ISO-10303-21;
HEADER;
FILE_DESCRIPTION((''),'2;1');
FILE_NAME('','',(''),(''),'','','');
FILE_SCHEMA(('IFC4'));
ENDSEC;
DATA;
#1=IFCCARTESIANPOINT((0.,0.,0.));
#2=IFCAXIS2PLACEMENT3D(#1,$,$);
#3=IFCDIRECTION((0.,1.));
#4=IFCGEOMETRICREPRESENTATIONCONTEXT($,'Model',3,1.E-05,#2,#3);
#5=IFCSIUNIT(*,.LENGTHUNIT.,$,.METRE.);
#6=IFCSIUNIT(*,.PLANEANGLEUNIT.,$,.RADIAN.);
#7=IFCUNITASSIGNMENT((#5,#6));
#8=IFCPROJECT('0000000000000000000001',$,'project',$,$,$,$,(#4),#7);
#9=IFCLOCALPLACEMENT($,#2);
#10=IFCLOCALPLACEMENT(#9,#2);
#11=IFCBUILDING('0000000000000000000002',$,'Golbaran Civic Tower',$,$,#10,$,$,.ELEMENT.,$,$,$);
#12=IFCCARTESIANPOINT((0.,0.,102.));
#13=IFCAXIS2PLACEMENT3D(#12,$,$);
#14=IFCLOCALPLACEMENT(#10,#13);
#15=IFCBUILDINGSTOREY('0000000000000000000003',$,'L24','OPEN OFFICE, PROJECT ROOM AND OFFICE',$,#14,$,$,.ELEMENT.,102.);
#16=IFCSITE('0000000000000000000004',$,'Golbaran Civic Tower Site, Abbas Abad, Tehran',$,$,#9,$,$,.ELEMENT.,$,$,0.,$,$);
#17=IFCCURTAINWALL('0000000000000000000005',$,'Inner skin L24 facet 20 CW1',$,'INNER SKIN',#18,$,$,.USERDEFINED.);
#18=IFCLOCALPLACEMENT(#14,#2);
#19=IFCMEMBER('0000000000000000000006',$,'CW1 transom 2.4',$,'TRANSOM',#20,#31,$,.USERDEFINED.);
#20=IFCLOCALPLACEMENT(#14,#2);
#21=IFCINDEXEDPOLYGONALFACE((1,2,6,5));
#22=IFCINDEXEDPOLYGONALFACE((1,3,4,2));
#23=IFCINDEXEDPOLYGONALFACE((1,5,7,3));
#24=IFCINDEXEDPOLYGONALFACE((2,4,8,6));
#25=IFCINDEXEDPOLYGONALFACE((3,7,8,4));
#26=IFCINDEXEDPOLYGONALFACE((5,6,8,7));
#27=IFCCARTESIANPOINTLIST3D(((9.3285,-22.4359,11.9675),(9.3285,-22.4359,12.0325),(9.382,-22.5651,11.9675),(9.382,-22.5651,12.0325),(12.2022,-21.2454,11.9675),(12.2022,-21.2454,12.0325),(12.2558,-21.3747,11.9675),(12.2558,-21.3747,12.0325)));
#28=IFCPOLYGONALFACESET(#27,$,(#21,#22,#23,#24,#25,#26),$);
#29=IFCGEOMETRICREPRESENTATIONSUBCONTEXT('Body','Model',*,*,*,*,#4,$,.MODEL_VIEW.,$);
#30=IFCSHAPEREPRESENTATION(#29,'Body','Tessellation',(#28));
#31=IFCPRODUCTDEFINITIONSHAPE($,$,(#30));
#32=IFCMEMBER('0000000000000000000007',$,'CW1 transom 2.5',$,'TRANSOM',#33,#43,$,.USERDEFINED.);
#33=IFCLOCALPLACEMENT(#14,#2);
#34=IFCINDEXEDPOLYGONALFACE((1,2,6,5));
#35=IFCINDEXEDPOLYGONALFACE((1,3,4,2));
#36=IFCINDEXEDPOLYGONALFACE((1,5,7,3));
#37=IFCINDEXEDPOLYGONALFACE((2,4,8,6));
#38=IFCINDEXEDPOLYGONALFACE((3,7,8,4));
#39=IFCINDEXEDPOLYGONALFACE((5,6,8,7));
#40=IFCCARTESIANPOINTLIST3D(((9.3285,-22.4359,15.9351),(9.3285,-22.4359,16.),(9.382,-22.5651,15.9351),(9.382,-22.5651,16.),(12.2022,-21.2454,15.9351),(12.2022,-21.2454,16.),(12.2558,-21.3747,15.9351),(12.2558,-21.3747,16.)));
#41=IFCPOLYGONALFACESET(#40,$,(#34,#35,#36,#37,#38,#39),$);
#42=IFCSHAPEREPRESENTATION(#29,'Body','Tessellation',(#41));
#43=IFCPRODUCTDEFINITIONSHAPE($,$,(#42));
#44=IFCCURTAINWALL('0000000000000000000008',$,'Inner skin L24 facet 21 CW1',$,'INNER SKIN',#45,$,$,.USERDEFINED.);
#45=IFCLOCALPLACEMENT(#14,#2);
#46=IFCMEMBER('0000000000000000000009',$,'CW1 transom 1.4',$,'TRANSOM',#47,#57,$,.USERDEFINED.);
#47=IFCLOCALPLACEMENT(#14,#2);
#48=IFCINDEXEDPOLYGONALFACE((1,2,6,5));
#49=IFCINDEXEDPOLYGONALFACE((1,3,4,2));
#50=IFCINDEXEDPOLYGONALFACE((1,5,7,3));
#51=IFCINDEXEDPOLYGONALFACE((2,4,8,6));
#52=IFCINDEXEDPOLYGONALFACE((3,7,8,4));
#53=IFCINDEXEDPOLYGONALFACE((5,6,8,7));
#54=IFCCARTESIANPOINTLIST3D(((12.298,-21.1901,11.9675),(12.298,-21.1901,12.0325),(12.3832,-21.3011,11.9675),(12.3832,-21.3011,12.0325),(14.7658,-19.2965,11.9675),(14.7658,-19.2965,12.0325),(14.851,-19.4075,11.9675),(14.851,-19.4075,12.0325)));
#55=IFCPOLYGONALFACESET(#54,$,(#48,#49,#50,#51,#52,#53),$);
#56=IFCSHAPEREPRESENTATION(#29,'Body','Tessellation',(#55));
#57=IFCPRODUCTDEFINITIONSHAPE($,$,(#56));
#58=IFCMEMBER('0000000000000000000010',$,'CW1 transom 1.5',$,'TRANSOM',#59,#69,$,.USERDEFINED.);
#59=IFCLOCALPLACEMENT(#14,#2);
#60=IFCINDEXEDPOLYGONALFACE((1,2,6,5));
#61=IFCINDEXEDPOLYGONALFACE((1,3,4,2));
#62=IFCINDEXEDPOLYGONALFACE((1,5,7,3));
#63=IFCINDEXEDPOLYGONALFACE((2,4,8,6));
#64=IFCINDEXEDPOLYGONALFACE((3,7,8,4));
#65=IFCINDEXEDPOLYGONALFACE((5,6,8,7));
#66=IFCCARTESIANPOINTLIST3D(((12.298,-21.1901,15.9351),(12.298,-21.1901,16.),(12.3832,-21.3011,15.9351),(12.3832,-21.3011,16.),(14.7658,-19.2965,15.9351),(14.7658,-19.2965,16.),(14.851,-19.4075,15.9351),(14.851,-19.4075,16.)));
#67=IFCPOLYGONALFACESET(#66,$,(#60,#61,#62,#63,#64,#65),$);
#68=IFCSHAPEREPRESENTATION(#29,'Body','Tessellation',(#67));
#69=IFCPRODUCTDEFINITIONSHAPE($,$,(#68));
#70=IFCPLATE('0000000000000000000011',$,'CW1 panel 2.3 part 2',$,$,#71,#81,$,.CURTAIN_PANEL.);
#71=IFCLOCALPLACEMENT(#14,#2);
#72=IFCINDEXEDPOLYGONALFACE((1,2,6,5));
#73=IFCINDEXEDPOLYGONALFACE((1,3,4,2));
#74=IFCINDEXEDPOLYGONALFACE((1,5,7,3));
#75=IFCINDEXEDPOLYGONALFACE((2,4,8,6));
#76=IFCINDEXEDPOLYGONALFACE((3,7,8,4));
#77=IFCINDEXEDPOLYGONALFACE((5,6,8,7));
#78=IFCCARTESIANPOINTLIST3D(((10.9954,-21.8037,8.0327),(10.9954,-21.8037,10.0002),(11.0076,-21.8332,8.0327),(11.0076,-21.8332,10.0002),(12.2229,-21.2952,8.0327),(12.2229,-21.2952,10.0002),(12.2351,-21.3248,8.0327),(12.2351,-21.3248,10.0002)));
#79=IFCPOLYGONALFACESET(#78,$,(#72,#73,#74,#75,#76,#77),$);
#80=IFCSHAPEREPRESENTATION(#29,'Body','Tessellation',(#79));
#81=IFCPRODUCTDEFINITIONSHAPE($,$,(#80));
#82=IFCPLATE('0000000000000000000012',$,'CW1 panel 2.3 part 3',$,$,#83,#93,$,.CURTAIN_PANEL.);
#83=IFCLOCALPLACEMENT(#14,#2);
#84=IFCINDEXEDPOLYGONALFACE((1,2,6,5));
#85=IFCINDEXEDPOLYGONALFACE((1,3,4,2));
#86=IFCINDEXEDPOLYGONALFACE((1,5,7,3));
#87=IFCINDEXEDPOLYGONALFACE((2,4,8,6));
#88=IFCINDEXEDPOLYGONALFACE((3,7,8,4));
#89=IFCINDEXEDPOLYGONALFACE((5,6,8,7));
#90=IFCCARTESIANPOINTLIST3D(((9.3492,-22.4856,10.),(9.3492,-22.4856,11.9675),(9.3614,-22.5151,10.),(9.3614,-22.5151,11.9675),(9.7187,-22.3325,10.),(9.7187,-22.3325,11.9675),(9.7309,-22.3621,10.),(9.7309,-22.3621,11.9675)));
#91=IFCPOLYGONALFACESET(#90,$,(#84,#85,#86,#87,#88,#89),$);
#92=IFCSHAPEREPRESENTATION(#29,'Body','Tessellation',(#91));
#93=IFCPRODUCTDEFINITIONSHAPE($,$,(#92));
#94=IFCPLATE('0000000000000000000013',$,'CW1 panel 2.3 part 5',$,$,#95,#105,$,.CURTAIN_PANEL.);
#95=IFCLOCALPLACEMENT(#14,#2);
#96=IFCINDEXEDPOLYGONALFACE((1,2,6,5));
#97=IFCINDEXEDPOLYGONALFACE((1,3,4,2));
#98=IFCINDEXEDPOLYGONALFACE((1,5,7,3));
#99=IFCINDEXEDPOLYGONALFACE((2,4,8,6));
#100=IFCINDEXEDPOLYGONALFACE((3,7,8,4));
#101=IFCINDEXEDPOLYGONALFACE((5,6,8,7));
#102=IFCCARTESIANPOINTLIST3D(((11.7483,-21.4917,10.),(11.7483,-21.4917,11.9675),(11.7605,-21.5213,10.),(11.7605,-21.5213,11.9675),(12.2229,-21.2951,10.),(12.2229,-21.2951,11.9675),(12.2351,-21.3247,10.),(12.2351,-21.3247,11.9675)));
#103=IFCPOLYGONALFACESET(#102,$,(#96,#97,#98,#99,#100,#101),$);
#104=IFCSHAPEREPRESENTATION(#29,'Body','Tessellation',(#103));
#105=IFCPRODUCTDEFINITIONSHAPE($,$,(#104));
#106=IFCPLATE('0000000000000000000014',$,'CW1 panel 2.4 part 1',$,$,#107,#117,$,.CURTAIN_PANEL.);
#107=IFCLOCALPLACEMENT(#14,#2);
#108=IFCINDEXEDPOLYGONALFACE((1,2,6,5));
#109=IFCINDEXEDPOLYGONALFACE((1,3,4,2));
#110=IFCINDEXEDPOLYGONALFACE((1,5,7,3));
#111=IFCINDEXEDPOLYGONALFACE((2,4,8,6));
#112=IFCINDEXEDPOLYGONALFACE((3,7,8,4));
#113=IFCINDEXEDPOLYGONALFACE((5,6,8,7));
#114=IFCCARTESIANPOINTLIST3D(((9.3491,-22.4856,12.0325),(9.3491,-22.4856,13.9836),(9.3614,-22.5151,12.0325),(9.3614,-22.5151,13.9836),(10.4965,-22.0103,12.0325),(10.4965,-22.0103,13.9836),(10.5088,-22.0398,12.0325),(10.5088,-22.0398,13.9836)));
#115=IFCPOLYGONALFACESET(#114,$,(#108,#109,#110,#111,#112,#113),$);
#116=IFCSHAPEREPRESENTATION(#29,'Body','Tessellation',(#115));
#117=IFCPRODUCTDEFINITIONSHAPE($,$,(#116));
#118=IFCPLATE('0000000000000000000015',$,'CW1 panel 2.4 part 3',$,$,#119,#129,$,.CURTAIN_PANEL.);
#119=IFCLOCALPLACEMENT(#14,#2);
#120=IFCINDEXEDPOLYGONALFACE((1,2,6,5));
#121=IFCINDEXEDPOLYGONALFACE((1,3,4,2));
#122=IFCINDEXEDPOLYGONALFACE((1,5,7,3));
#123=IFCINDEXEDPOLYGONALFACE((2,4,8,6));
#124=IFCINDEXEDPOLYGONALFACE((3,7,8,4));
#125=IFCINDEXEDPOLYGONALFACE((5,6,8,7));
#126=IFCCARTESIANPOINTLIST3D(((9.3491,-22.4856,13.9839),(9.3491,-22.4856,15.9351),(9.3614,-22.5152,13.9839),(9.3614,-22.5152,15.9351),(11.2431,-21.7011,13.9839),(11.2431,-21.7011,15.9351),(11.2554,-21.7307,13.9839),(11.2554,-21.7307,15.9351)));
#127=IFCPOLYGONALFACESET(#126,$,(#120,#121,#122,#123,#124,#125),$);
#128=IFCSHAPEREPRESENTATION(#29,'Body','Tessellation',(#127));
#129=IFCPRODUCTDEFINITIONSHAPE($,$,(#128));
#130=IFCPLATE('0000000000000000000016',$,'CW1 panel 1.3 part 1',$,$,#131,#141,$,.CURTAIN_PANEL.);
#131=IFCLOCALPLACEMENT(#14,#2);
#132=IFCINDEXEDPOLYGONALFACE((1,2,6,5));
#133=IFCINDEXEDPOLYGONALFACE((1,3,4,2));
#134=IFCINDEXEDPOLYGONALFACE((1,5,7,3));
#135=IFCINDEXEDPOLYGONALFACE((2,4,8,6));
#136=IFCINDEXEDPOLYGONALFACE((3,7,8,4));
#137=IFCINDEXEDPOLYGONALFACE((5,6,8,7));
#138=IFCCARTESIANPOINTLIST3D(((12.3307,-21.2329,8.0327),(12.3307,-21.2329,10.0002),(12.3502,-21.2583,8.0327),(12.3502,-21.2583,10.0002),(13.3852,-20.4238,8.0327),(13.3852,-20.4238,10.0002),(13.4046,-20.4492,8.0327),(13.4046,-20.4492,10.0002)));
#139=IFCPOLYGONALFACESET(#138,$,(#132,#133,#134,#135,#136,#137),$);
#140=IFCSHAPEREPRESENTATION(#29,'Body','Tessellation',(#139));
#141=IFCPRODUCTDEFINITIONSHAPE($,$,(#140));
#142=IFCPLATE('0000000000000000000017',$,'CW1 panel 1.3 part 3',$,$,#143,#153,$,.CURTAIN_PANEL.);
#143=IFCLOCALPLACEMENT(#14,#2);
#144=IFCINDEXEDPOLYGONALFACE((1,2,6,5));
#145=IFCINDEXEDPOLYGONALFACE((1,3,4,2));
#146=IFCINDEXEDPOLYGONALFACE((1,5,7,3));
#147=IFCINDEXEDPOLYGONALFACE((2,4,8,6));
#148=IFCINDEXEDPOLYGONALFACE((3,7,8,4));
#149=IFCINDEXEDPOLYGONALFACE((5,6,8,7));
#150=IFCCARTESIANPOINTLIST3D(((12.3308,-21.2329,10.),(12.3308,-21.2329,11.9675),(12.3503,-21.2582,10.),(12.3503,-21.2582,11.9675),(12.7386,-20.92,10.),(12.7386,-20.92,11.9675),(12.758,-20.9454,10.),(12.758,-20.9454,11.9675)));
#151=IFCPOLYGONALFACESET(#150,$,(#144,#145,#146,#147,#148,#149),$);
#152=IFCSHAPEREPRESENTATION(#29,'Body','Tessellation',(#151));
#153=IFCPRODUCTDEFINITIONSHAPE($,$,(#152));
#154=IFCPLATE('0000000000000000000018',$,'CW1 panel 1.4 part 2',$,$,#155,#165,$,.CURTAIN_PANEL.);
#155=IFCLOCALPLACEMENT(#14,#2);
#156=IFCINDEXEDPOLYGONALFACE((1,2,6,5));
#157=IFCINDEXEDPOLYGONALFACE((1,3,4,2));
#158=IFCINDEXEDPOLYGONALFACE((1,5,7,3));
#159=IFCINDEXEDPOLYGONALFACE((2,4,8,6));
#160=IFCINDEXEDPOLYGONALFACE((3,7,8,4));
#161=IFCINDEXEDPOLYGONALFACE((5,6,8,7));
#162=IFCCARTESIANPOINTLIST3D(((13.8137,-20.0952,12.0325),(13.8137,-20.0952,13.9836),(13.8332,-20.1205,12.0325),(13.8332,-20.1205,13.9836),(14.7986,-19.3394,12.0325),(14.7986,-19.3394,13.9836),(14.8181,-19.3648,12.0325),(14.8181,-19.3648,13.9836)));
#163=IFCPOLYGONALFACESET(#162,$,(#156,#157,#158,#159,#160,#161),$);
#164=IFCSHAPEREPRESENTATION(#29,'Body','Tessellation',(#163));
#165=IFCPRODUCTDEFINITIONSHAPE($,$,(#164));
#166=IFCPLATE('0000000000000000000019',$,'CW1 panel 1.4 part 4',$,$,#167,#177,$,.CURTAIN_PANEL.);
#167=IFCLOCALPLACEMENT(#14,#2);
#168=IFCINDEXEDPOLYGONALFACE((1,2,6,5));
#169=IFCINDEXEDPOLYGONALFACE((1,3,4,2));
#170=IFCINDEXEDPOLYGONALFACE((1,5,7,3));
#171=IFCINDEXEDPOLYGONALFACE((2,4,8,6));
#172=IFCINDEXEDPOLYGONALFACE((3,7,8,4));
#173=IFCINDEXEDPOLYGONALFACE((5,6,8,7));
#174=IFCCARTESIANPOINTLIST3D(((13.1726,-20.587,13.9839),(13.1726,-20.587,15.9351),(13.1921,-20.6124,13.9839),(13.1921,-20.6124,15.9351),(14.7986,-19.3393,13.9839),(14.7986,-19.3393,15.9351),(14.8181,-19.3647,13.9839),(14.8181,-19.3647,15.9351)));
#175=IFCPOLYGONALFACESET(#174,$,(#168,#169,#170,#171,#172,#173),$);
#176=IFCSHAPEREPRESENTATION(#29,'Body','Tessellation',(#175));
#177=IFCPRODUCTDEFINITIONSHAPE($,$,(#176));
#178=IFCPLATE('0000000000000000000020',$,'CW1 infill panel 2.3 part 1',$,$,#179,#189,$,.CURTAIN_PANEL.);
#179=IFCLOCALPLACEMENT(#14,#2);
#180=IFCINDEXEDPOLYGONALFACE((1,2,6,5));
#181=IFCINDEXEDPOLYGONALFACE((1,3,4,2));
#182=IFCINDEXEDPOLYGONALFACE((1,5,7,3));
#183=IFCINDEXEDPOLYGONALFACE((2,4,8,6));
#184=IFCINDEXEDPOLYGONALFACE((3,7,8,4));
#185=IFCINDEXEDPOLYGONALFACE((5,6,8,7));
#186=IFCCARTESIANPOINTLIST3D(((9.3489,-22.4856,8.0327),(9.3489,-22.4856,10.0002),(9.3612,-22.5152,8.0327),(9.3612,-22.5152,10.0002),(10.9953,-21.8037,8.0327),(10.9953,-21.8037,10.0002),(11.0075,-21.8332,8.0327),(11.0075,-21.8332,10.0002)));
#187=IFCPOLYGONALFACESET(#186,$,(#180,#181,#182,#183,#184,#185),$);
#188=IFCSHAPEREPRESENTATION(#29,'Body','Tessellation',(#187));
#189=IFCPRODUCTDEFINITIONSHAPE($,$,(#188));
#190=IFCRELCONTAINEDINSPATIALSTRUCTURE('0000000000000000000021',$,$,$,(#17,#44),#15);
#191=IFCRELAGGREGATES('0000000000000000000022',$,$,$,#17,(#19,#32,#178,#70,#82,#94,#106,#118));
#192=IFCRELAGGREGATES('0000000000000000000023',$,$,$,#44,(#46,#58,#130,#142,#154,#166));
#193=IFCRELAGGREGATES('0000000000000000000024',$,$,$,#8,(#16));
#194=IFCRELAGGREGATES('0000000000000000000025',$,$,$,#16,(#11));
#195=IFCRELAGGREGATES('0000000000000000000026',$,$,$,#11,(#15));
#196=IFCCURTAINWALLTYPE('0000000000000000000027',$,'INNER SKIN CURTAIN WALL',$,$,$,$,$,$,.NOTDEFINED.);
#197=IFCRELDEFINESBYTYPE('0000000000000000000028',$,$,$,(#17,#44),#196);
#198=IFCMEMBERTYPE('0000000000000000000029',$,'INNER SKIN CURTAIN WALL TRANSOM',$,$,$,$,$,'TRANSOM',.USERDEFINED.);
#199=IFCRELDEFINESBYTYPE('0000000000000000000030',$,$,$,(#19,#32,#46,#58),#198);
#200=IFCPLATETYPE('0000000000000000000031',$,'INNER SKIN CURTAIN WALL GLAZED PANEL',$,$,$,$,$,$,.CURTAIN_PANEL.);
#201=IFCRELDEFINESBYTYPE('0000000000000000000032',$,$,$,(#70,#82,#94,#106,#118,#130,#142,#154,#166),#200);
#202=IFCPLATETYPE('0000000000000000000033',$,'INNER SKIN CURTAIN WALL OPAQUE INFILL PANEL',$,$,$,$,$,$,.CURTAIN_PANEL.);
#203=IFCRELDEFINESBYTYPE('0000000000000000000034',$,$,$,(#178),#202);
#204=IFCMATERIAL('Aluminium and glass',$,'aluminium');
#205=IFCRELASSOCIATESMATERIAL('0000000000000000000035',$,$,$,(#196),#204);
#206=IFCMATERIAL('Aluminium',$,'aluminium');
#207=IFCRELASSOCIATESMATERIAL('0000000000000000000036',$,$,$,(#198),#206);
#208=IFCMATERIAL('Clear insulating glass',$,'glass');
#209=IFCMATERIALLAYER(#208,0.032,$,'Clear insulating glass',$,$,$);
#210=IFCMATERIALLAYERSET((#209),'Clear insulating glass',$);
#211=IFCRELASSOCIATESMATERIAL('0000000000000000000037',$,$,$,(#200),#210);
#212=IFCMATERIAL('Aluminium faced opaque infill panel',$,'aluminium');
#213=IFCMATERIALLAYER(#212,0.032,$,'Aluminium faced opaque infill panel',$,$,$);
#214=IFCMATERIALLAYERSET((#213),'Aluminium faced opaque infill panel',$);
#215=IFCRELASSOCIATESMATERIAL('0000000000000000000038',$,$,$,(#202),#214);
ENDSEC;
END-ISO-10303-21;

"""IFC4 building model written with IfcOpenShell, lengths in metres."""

from ifc_helpers import new_model, si_unit, direction, frame, origin, origin_2d, place, context, subcontext, project, spatial, rectangle, extrude, material, layer, layer_set, material_profile, profile_set, type_object, element, aggregate, save


model = new_model("IFC4")

# Units and contexts
model_context = context("Model", 3, precision=1e-05, world=origin(), true_north=direction((0.0, 1.0)))
body_context = subcontext(model_context, "Body", "Model", "MODEL_VIEW")
ifc_project = project(units=[si_unit("LENGTHUNIT", "METRE"), si_unit("PLANEANGLEUNIT", "RADIAN")], contexts=[model_context])

# Site, building, storey
site_placement = place(None, origin())
site = spatial("IfcSite", under=ifc_project, at=site_placement, Name="Golbaran Civic Tower Site, Abbas Abad, Tehran", CompositionType="ELEMENT", RefElevation=0.0)
building_placement = place(site_placement, origin())
building = spatial("IfcBuilding", under=site, at=building_placement, Name="Golbaran Civic Tower", CompositionType="ELEMENT")
storey_placement = place(building_placement, frame((0.0, 0.0, 102.0)))
storey = spatial("IfcBuildingStorey", under=building, at=storey_placement, Name="L24", Description="OPEN OFFICE, PROJECT ROOM AND OFFICE", CompositionType="ELEMENT", Elevation=102.0)

# Curtain walls, members
ifc_material_1 = material(Name="Aluminium and glass", Category="aluminium")
curtain_wall_type = type_object("IfcCurtainWallType", Name="INNER SKIN CURTAIN WALL", PredefinedType="NOTDEFINED", material=ifc_material_1)
curtain_wall_1_placement = place(storey_placement, origin())
curtain_wall_1 = element("IfcCurtainWall", 1, at=curtain_wall_1_placement, inside=storey, type_object=curtain_wall_type, Name="Inner skin L24 facet 20 CW1", ObjectType="INNER SKIN", PredefinedType="USERDEFINED")
ifc_material_2 = material(Name="Aluminium", Category="aluminium")
ifc_material_profile = material_profile(ifc_material_2, rectangle(XDim=0.1399, YDim=0.0649, at=origin_2d()), Name="INNER SKIN CURTAIN WALL TRANSOM")
ifc_profile_set = profile_set([ifc_material_profile], Name="Aluminium")
member_type = type_object("IfcMemberType", Name="INNER SKIN CURTAIN WALL TRANSOM", ElementType="TRANSOM", PredefinedType="USERDEFINED", material=ifc_profile_set)
member_1_placement = place(storey_placement, frame((9.3552, -22.5005, 12.0), z_axis=(0.923871, 0.382703, 0.0), x_axis=(-0.382703, 0.923871, 0.0)))
member_1 = element("IfcMember", 2, at=member_1_placement, type_object=member_type, Name="CW1 transom 2.4", ObjectType="TRANSOM", PredefinedType="USERDEFINED", context=body_context, shape_type="SweptSolid", body=[
    extrude(rectangle(XDim=0.1399, YDim=0.0649, at=origin_2d()), origin(), (0.0, 0.0, 1.0), 3.1106),
])
member_2_placement = place(storey_placement, frame((9.3552, -22.5005, 15.9675), z_axis=(0.923871, 0.382703, 0.0), x_axis=(-0.382703, 0.923871, 0.0)))
member_2 = element("IfcMember", 3, at=member_2_placement, type_object=member_type, Name="CW1 transom 2.5", ObjectType="TRANSOM", PredefinedType="USERDEFINED", context=body_context, shape_type="SweptSolid", body=[
    extrude(rectangle(XDim=0.1399, YDim=0.0649, at=origin_2d()), origin(), (0.0, 0.0, 1.0), 3.1106),
])
curtain_wall_2_placement = place(storey_placement, origin())
curtain_wall_2 = element("IfcCurtainWall", 4, at=curtain_wall_2_placement, inside=storey, type_object=curtain_wall_type, Name="Inner skin L24 facet 21 CW1", ObjectType="INNER SKIN", PredefinedType="USERDEFINED")
member_3_placement = place(storey_placement, frame((12.3406, -21.2456, 12.0), z_axis=(0.793359, 0.608754, 0.0), x_axis=(-0.608754, 0.793359, 0.0)))
member_3 = element("IfcMember", 5, at=member_3_placement, type_object=member_type, Name="CW1 transom 1.4", ObjectType="TRANSOM", PredefinedType="USERDEFINED", context=body_context, shape_type="SweptSolid", body=[
    extrude(rectangle(XDim=0.1399, YDim=0.0649, at=origin_2d()), origin(), (0.0, 0.0, 1.0), 3.1106),
])
member_4_placement = place(storey_placement, frame((12.3406, -21.2456, 15.9675), z_axis=(0.793359, 0.608754, 0.0), x_axis=(-0.608754, 0.793359, 0.0)))
member_4 = element("IfcMember", 6, at=member_4_placement, type_object=member_type, Name="CW1 transom 1.5", ObjectType="TRANSOM", PredefinedType="USERDEFINED", context=body_context, shape_type="SweptSolid", body=[
    extrude(rectangle(XDim=0.1399, YDim=0.0649, at=origin_2d()), origin(), (0.0, 0.0, 1.0), 3.1106),
])

# Plates
ifc_material_3 = material(Name="Clear insulating glass", Category="glass")
ifc_layer_1 = layer(ifc_material_3, 0.032, Name="Clear insulating glass")
ifc_layer_set_1 = layer_set([ifc_layer_1], Name="Clear insulating glass")
plate_type_1 = type_object("IfcPlateType", Name="INNER SKIN CURTAIN WALL GLAZED PANEL", PredefinedType="CURTAIN_PANEL", material=ifc_layer_set_1)
plate_1_placement = place(storey_placement, frame((11.6152, -21.5642, 8.0327), z_axis=(0.0, 0.0, 1.0), x_axis=(0.92388, 0.382683, 0.0)))
plate_1 = element("IfcPlate", 7, at=plate_1_placement, type_object=plate_type_1, Name="CW1 panel 2.3 part 2", PredefinedType="CURTAIN_PANEL", context=body_context, shape_type="SweptSolid", body=[
    extrude(rectangle(XDim=1.3286, YDim=0.032, at=origin_2d()), origin(), (0.0, 0.0, 1.0), 1.9675),
])
plate_2_placement = place(storey_placement, frame((9.54, -22.4238, 10.0), z_axis=(0.0, 0.0, 1.0), x_axis=(0.92388, 0.382683, 0.0)))
plate_2 = element("IfcPlate", 8, at=plate_2_placement, type_object=plate_type_1, Name="CW1 panel 2.3 part 3", PredefinedType="CURTAIN_PANEL", context=body_context, shape_type="SweptSolid", body=[
    extrude(rectangle(XDim=0.3999, YDim=0.032, at=origin_2d()), origin(), (0.0, 0.0, 1.0), 1.9675),
])
plate_3_placement = place(storey_placement, frame((11.9917, -21.4082, 10.0), z_axis=(0.0, 0.0, 1.0), x_axis=(0.92388, 0.382683, 0.0)))
plate_3 = element("IfcPlate", 9, at=plate_3_placement, type_object=plate_type_1, Name="CW1 panel 2.3 part 5", PredefinedType="CURTAIN_PANEL", context=body_context, shape_type="SweptSolid", body=[
    extrude(rectangle(XDim=0.5137, YDim=0.032, at=origin_2d()), origin(), (0.0, 0.0, 1.0), 1.9675),
])
plate_4_placement = place(storey_placement, frame((9.929, -22.2627, 12.0325), z_axis=(0.0, 0.0, 1.0), x_axis=(0.92388, 0.382683, 0.0)))
plate_4 = element("IfcPlate", 10, at=plate_4_placement, type_object=plate_type_1, Name="CW1 panel 2.4 part 1", PredefinedType="CURTAIN_PANEL", context=body_context, shape_type="SweptSolid", body=[
    extrude(rectangle(XDim=1.2419, YDim=0.032, at=origin_2d()), origin(), (0.0, 0.0, 1.0), 1.9512),
])
plate_5_placement = place(storey_placement, frame((10.3022, -22.1082, 13.9839), z_axis=(0.0, 0.0, 1.0), x_axis=(0.92388, 0.382683, 0.0)))
plate_5 = element("IfcPlate", 11, at=plate_5_placement, type_object=plate_type_1, Name="CW1 panel 2.4 part 3", PredefinedType="CURTAIN_PANEL", context=body_context, shape_type="SweptSolid", body=[
    extrude(rectangle(XDim=2.05, YDim=0.032, at=origin_2d()), origin(), (0.0, 0.0, 1.0), 1.9512),
])
plate_6_placement = place(storey_placement, frame((12.8677, -20.8411, 8.0327), z_axis=(0.0, 0.0, 1.0), x_axis=(0.793353, 0.608761, 0.0)))
plate_6 = element("IfcPlate", 12, at=plate_6_placement, type_object=plate_type_1, Name="CW1 panel 1.3 part 1", PredefinedType="CURTAIN_PANEL", context=body_context, shape_type="SweptSolid", body=[
    extrude(rectangle(XDim=1.3291, YDim=0.032, at=origin_2d()), origin(), (0.0, 0.0, 1.0), 1.9675),
])
plate_7_placement = place(storey_placement, frame((12.5444, -21.0891, 10.0), z_axis=(0.0, 0.0, 1.0), x_axis=(0.793353, 0.608761, 0.0)))
plate_7 = element("IfcPlate", 13, at=plate_7_placement, type_object=plate_type_1, Name="CW1 panel 1.3 part 3", PredefinedType="CURTAIN_PANEL", context=body_context, shape_type="SweptSolid", body=[
    extrude(rectangle(XDim=0.5139, YDim=0.032, at=origin_2d()), origin(), (0.0, 0.0, 1.0), 1.9675),
])
plate_8_placement = place(storey_placement, frame((14.3159, -19.73, 12.0325), z_axis=(0.0, 0.0, 1.0), x_axis=(0.793353, 0.608761, 0.0)))
plate_8 = element("IfcPlate", 14, at=plate_8_placement, type_object=plate_type_1, Name="CW1 panel 1.4 part 2", PredefinedType="CURTAIN_PANEL", context=body_context, shape_type="SweptSolid", body=[
    extrude(rectangle(XDim=1.2415, YDim=0.032, at=origin_2d()), origin(), (0.0, 0.0, 1.0), 1.9512),
])
plate_9_placement = place(storey_placement, frame((13.9954, -19.9758, 13.9839), z_axis=(0.0, 0.0, 1.0), x_axis=(0.793353, 0.608761, 0.0)))
plate_9 = element("IfcPlate", 15, at=plate_9_placement, type_object=plate_type_1, Name="CW1 panel 1.4 part 4", PredefinedType="CURTAIN_PANEL", context=body_context, shape_type="SweptSolid", body=[
    extrude(rectangle(XDim=2.0496, YDim=0.032, at=origin_2d()), origin(), (0.0, 0.0, 1.0), 1.9512),
])
ifc_material_4 = material(Name="Aluminium faced opaque infill panel", Category="aluminium")
ifc_layer_2 = layer(ifc_material_4, 0.032, Name="Aluminium faced opaque infill panel")
ifc_layer_set_2 = layer_set([ifc_layer_2], Name="Aluminium faced opaque infill panel")
plate_type_2 = type_object("IfcPlateType", Name="INNER SKIN CURTAIN WALL OPAQUE INFILL PANEL", PredefinedType="CURTAIN_PANEL", material=ifc_layer_set_2)
plate_10_placement = place(storey_placement, frame((10.1782, -22.1594, 8.0327), z_axis=(0.0, 0.0, 1.0), x_axis=(0.92388, 0.382683, 0.0)))
plate_10 = element("IfcPlate", 16, at=plate_10_placement, type_object=plate_type_2, Name="CW1 infill panel 2.3 part 1", PredefinedType="CURTAIN_PANEL", context=body_context, shape_type="SweptSolid", body=[
    extrude(rectangle(XDim=1.782, YDim=0.032, at=origin_2d()), origin(), (0.0, 0.0, 1.0), 1.9675),
])
aggregate(curtain_wall_1, [member_1, member_2, plate_10, plate_1, plate_2, plate_3, plate_4, plate_5])
aggregate(curtain_wall_2, [member_3, member_4, plate_6, plate_7, plate_8, plate_9])

save(model, "model.ifc")
